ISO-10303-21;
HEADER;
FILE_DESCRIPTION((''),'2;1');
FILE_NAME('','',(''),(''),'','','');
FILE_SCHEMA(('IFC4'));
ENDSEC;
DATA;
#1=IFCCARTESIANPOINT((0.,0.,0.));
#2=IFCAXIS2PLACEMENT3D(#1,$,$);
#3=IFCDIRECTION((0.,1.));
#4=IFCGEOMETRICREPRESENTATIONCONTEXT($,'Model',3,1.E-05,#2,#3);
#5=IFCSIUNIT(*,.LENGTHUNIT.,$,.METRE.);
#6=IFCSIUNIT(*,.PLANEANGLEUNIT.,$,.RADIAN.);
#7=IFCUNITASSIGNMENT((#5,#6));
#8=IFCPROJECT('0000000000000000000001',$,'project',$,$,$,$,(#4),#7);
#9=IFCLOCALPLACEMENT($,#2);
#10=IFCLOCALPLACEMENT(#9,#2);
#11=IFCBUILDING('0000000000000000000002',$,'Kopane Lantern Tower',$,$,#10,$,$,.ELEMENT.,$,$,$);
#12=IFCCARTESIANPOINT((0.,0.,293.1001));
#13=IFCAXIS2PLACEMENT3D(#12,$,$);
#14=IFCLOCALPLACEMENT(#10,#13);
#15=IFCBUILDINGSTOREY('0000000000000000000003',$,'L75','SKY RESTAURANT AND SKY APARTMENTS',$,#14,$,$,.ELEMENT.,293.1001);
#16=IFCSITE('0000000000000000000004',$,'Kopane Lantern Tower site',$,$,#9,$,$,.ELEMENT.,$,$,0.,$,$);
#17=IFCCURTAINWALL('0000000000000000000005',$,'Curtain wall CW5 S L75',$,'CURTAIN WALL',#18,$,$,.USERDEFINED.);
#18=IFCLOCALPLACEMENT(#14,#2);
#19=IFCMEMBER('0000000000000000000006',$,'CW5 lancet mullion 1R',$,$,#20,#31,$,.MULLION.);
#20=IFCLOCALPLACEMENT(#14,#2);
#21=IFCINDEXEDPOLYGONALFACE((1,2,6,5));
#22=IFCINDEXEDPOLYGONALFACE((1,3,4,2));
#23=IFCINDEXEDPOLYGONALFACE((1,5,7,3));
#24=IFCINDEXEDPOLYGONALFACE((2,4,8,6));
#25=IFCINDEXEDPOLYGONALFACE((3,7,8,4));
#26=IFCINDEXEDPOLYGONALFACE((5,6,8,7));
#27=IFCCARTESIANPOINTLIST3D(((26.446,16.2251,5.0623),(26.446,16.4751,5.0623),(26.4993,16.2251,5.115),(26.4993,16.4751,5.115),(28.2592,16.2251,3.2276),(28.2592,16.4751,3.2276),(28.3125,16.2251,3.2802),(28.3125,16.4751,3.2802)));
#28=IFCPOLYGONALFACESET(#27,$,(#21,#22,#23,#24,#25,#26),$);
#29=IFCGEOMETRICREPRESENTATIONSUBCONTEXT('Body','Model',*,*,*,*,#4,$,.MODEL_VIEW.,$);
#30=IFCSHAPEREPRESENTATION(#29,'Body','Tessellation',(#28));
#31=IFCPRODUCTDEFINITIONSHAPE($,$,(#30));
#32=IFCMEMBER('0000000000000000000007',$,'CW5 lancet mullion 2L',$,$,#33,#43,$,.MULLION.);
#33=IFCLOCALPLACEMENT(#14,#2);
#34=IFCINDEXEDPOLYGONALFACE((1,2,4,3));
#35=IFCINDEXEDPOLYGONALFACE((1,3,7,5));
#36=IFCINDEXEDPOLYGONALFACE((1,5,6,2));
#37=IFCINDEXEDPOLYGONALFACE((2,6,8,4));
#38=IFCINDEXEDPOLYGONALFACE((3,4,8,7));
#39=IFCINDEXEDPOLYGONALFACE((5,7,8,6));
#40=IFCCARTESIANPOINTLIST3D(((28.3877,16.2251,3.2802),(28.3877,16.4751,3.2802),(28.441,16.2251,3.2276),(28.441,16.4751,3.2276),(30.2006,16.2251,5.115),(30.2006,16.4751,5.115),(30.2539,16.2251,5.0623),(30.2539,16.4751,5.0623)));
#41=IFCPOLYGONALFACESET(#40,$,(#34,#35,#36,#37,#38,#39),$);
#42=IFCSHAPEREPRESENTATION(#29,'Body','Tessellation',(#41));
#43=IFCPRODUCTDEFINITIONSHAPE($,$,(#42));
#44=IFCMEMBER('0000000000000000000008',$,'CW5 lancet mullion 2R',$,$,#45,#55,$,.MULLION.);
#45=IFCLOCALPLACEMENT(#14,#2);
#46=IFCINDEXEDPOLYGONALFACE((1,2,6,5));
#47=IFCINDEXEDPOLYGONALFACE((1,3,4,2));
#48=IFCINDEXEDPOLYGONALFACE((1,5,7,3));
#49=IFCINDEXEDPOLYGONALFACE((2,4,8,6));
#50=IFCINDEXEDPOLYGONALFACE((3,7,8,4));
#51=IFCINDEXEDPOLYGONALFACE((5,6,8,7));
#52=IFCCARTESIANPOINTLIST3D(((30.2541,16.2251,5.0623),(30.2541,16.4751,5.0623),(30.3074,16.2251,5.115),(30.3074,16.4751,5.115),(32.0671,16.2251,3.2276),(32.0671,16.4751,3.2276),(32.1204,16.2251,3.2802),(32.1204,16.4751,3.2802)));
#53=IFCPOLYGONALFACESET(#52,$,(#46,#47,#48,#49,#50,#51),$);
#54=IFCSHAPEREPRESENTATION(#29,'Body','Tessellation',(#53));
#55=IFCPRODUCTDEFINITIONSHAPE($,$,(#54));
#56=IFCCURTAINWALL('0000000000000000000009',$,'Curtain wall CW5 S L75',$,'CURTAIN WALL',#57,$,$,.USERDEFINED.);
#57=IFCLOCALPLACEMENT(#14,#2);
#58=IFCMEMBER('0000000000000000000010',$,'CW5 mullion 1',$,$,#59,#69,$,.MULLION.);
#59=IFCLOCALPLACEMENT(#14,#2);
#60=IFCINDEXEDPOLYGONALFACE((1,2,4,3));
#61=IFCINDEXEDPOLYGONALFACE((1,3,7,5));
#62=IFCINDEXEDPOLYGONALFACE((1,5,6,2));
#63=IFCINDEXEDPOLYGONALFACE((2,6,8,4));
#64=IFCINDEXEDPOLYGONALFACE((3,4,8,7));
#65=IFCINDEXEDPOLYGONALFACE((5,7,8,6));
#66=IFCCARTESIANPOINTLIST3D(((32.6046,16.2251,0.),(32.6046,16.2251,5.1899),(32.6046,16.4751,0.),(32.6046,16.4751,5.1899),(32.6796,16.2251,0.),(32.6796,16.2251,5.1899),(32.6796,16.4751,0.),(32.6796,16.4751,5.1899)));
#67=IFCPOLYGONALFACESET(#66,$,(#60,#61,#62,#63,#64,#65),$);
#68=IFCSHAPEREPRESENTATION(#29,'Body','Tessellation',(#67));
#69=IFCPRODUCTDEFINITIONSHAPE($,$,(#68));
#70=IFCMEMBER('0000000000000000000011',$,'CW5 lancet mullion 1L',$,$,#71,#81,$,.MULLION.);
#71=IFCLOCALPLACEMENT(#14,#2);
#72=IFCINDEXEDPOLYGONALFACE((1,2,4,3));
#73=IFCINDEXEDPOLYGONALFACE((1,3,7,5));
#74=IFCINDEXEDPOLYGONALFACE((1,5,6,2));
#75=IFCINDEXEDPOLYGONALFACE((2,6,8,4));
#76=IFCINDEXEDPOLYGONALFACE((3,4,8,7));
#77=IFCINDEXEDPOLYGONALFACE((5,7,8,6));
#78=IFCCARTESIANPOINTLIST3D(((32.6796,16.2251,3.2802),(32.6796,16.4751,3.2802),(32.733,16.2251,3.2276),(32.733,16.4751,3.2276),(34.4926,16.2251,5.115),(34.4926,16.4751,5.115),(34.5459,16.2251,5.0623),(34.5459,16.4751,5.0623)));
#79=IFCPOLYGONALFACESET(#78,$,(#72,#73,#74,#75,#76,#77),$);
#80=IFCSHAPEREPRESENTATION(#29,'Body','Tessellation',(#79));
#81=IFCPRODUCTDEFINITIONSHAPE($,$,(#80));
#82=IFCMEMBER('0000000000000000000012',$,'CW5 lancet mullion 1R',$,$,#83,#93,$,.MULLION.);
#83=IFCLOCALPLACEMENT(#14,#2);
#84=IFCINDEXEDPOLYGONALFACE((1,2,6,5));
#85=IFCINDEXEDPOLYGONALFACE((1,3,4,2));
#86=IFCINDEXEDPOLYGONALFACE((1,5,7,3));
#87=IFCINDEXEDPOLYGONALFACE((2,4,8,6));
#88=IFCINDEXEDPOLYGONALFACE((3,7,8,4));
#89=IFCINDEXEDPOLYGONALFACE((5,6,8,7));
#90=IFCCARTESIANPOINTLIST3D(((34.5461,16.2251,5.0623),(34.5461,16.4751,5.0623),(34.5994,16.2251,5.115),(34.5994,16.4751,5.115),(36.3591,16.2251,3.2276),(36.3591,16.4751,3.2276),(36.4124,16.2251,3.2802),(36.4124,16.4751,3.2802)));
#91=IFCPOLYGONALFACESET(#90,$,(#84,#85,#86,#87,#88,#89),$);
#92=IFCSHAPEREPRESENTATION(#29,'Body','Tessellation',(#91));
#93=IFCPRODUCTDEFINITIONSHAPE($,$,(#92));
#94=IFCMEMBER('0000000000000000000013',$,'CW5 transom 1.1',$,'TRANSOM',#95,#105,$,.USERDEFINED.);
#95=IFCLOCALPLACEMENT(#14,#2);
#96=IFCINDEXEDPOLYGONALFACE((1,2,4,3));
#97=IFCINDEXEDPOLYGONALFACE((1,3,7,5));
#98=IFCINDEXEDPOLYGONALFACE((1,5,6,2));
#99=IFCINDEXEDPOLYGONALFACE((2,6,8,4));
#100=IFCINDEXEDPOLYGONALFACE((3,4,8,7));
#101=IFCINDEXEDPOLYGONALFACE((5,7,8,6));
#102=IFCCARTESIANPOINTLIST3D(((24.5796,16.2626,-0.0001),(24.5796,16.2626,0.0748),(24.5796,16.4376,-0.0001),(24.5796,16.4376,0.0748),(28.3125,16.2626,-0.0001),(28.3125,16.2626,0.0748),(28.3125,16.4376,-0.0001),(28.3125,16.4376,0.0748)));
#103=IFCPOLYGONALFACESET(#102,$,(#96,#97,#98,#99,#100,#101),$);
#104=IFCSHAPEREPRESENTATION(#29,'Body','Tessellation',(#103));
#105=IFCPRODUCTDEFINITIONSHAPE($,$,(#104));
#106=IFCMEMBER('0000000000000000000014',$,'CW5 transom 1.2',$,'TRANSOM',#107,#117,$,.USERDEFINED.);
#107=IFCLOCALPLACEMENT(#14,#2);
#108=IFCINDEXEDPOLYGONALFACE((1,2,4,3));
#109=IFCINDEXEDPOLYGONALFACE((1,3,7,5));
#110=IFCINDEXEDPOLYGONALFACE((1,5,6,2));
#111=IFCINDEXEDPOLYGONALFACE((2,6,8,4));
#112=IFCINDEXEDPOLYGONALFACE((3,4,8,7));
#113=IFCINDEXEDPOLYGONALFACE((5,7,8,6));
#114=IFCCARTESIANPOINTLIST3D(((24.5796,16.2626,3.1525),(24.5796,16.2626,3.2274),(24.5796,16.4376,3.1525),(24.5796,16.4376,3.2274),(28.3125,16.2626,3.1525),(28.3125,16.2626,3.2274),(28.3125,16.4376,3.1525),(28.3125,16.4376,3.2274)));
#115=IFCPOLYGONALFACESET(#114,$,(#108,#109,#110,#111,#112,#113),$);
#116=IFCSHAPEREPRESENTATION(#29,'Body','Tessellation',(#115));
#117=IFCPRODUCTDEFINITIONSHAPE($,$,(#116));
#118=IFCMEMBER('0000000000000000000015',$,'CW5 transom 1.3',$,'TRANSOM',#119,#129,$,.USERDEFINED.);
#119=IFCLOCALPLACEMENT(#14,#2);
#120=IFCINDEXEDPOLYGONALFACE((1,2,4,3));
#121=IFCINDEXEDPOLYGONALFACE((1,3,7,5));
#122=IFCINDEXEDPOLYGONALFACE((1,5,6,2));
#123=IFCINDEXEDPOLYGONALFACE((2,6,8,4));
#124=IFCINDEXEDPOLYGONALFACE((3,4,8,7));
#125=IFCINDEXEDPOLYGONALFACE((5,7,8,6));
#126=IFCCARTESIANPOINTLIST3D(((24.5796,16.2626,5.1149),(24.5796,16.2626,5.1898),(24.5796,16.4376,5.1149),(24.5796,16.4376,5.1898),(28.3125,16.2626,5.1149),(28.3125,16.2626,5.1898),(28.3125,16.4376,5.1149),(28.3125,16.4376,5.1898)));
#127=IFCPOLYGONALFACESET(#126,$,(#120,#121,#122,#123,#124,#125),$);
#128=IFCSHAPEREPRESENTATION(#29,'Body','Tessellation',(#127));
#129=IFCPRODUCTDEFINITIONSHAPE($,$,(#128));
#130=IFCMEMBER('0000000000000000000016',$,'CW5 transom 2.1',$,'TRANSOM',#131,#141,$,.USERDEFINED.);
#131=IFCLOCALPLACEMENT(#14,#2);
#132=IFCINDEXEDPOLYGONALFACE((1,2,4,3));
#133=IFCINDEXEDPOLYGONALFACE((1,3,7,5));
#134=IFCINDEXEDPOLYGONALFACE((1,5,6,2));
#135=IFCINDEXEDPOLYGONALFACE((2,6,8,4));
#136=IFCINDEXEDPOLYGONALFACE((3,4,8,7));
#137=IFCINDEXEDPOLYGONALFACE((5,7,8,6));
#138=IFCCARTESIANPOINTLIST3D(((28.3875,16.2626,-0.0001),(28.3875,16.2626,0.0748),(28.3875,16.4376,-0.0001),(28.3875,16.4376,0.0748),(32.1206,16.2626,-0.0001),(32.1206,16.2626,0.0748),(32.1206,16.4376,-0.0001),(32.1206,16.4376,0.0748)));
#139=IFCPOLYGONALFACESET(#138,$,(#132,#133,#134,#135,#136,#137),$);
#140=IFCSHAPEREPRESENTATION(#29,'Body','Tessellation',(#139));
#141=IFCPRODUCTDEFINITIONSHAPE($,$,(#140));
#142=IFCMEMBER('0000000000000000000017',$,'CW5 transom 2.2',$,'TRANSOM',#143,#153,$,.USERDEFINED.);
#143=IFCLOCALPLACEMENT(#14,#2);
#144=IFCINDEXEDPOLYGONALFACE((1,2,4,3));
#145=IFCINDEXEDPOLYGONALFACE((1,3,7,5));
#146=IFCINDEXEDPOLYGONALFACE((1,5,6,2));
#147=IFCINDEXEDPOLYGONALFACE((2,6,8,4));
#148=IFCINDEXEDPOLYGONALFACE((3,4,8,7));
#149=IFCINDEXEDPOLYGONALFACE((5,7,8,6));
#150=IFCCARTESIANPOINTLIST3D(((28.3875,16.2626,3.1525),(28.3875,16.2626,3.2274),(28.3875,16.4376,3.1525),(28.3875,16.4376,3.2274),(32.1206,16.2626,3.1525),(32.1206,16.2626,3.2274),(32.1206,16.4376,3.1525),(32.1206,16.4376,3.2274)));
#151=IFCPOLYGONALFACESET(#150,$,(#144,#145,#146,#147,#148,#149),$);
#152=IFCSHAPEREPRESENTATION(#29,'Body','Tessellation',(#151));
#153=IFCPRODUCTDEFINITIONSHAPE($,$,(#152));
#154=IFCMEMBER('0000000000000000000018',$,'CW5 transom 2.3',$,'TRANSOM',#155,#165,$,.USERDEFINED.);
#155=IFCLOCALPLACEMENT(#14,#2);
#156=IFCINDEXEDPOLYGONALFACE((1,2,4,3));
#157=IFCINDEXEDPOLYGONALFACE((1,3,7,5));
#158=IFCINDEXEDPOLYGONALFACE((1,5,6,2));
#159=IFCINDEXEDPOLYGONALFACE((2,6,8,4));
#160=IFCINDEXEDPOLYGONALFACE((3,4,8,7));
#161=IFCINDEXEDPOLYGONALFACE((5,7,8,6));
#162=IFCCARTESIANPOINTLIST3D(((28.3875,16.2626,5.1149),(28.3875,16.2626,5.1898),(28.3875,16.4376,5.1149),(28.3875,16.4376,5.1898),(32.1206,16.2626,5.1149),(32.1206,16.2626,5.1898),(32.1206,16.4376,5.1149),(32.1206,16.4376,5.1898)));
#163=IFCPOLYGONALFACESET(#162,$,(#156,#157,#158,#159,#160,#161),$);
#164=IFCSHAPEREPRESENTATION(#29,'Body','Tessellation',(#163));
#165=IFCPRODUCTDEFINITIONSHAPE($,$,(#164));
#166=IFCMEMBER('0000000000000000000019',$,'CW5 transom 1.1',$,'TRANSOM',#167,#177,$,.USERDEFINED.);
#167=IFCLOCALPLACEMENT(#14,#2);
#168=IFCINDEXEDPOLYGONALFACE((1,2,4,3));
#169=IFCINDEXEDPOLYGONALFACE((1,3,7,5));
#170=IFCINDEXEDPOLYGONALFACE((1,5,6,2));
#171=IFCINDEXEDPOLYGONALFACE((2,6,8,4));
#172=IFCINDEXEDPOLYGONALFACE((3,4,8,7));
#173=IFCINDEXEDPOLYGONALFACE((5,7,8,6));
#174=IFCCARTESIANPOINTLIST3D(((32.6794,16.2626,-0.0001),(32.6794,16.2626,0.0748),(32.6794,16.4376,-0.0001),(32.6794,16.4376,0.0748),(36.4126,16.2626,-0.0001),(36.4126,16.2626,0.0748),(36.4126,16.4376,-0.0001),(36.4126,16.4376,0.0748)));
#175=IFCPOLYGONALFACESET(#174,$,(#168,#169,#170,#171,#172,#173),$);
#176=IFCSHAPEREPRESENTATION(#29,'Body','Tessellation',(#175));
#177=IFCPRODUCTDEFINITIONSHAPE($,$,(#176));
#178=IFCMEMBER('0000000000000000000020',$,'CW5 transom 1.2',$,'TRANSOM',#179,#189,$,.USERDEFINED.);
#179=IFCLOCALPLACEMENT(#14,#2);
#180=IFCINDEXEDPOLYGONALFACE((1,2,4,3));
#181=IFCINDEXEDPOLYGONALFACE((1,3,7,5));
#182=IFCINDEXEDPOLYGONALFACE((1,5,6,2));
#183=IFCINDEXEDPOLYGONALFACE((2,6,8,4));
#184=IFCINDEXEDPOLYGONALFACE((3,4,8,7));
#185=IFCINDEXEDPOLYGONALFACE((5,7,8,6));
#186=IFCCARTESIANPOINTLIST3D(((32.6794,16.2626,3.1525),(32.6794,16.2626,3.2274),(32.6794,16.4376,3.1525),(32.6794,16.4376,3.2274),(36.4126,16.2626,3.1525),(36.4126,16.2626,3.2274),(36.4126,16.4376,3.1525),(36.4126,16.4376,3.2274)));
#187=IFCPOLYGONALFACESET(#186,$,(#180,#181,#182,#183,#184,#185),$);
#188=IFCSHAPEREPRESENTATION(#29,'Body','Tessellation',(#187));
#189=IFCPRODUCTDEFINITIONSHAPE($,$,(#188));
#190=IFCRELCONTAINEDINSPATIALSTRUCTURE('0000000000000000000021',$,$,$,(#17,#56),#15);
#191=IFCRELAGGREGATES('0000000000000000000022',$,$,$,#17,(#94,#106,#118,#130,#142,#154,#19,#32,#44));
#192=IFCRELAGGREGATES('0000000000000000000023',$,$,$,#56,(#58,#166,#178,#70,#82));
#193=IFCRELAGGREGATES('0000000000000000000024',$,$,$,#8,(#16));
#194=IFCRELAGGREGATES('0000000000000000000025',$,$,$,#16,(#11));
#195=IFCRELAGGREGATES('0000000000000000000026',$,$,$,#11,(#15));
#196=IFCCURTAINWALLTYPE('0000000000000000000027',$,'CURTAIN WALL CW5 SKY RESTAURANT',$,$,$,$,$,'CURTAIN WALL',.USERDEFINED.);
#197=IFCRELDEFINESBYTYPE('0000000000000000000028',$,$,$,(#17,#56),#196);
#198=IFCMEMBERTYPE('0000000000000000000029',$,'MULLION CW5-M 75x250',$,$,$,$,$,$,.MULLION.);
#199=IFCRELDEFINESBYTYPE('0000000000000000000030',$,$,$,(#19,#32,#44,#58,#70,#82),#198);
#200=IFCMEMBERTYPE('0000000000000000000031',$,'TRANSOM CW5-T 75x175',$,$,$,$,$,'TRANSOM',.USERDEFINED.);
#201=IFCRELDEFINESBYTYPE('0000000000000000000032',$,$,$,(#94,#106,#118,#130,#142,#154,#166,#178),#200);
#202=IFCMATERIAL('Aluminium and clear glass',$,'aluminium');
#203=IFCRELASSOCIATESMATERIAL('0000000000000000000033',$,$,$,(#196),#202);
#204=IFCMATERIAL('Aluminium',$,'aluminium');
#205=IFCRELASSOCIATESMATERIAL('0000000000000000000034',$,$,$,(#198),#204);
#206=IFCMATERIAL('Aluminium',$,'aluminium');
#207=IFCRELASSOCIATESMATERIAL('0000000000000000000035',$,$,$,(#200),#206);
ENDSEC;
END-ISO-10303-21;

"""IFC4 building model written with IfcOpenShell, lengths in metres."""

from ifc_helpers import new_model, si_unit, direction, frame, origin, origin_2d, place, context, subcontext, project, spatial, rectangle, extrude, material, material_profile, profile_set, type_object, element, aggregate, save


model = new_model("IFC4")

# Units and contexts
model_context = context("Model", 3, precision=1e-05, world=origin(), true_north=direction((0.0, 1.0)))
body_context = subcontext(model_context, "Body", "Model", "MODEL_VIEW")
ifc_project = project(units=[si_unit("LENGTHUNIT", "METRE"), si_unit("PLANEANGLEUNIT", "RADIAN")], contexts=[model_context])

# Site, building, storey
site_placement = place(None, origin())
site = spatial("IfcSite", under=ifc_project, at=site_placement, Name="Kopane Lantern Tower site", CompositionType="ELEMENT", RefElevation=0.0)
building_placement = place(site_placement, origin())
building = spatial("IfcBuilding", under=site, at=building_placement, Name="Kopane Lantern Tower", CompositionType="ELEMENT")
storey_placement = place(building_placement, frame((0.0, 0.0, 293.1001)))
storey = spatial("IfcBuildingStorey", under=building, at=storey_placement, Name="L75", Description="SKY RESTAURANT AND SKY APARTMENTS", CompositionType="ELEMENT", Elevation=293.1001)

# Curtain walls, members
ifc_material_1 = material(Name="Aluminium and clear glass", Category="aluminium")
curtain_wall_type = type_object("IfcCurtainWallType", Name="CURTAIN WALL CW5 SKY RESTAURANT", ElementType="CURTAIN WALL", PredefinedType="USERDEFINED", material=ifc_material_1)
curtain_wall_1_placement = place(storey_placement, origin())
curtain_wall_1 = element("IfcCurtainWall", 1, at=curtain_wall_1_placement, inside=storey, type_object=curtain_wall_type, Name="Curtain wall CW5 S L75", ObjectType="CURTAIN WALL", PredefinedType="USERDEFINED")
ifc_material_2 = material(Name="Aluminium", Category="aluminium")
ifc_material_profile_1 = material_profile(ifc_material_2, rectangle(XDim=0.075, YDim=0.25, at=origin_2d()), Name="AL 75x250")
ifc_profile_set_1 = profile_set([ifc_material_profile_1], Name="Aluminium")
member_type_1 = type_object("IfcMemberType", Name="MULLION CW5-M 75x250", PredefinedType="MULLION", material=ifc_profile_set_1)
member_1_placement = place(storey_placement, frame((28.2859, 16.3501, 3.2539), z_axis=(-0.70293, 0.0, 0.711259), x_axis=(0.711259, 0.0, 0.70293)))
member_1 = element("IfcMember", 2, at=member_1_placement, type_object=member_type_1, Name="CW5 lancet mullion 1R", PredefinedType="MULLION", context=body_context, shape_type="SweptSolid", body=[
    extrude(rectangle(XDim=0.075, YDim=0.25, at=origin_2d()), origin(), (0.0, 0.0, 1.0), 2.5796),
])
member_2_placement = place(storey_placement, frame((28.4143, 16.3501, 3.2539), z_axis=(0.702882, 0.0, 0.711306), x_axis=(-0.711306, 0.0, 0.702882)))
member_2 = element("IfcMember", 3, at=member_2_placement, type_object=member_type_1, Name="CW5 lancet mullion 2L", PredefinedType="MULLION", context=body_context, shape_type="SweptSolid", body=[
    extrude(rectangle(XDim=0.075, YDim=0.25, at=origin_2d()), origin(), (0.0, 0.0, 1.0), 2.5793),
])
member_3_placement = place(storey_placement, frame((32.0938, 16.3501, 3.2539), z_axis=(-0.702882, 0.0, 0.711306), x_axis=(0.711306, 0.0, 0.702882)))
member_3 = element("IfcMember", 4, at=member_3_placement, type_object=member_type_1, Name="CW5 lancet mullion 2R", PredefinedType="MULLION", context=body_context, shape_type="SweptSolid", body=[
    extrude(rectangle(XDim=0.075, YDim=0.25, at=origin_2d()), origin(), (0.0, 0.0, 1.0), 2.5793),
])
curtain_wall_2_placement = place(storey_placement, origin())
curtain_wall_2 = element("IfcCurtainWall", 5, at=curtain_wall_2_placement, inside=storey, type_object=curtain_wall_type, Name="Curtain wall CW5 S L75", ObjectType="CURTAIN WALL", PredefinedType="USERDEFINED")
member_4_placement = place(storey_placement, frame((32.6421, 16.3501, 0.0), z_axis=(0.0, 0.0, 1.0), x_axis=(1.0, 0.0, 0.0)))
member_4 = element("IfcMember", 6, at=member_4_placement, type_object=member_type_1, Name="CW5 mullion 1", PredefinedType="MULLION", context=body_context, shape_type="SweptSolid", body=[
    extrude(rectangle(XDim=0.075, YDim=0.25, at=origin_2d()), origin(), (0.0, 0.0, 1.0), 5.1899),
])
member_5_placement = place(storey_placement, frame((32.7063, 16.3501, 3.2539), z_axis=(0.702882, 0.0, 0.711306), x_axis=(-0.711306, 0.0, 0.702882)))
member_5 = element("IfcMember", 7, at=member_5_placement, type_object=member_type_1, Name="CW5 lancet mullion 1L", PredefinedType="MULLION", context=body_context, shape_type="SweptSolid", body=[
    extrude(rectangle(XDim=0.075, YDim=0.25, at=origin_2d()), origin(), (0.0, 0.0, 1.0), 2.5793),
])
member_6_placement = place(storey_placement, frame((36.3857, 16.3501, 3.2539), z_axis=(-0.702882, 0.0, 0.711306), x_axis=(0.711306, 0.0, 0.702882)))
member_6 = element("IfcMember", 8, at=member_6_placement, type_object=member_type_1, Name="CW5 lancet mullion 1R", PredefinedType="MULLION", context=body_context, shape_type="SweptSolid", body=[
    extrude(rectangle(XDim=0.075, YDim=0.25, at=origin_2d()), origin(), (0.0, 0.0, 1.0), 2.5793),
])

# Members
ifc_material_3 = material(Name="Aluminium", Category="aluminium")
ifc_material_profile_2 = material_profile(ifc_material_3, rectangle(XDim=0.175, YDim=0.075, at=origin_2d()), Name="AL 175x75")
ifc_profile_set_2 = profile_set([ifc_material_profile_2], Name="Aluminium")
member_type_2 = type_object("IfcMemberType", Name="TRANSOM CW5-T 75x175", ElementType="TRANSOM", PredefinedType="USERDEFINED", material=ifc_profile_set_2)
member_7_placement = place(storey_placement, frame((24.5796, 16.3501, 0.0374), z_axis=(1.0, 0.0, 0.0), x_axis=(0.0, 1.0, 0.0)))
member_7 = element("IfcMember", 9, at=member_7_placement, type_object=member_type_2, Name="CW5 transom 1.1", ObjectType="TRANSOM", PredefinedType="USERDEFINED", context=body_context, shape_type="SweptSolid", body=[
    extrude(rectangle(XDim=0.175, YDim=0.075, at=origin_2d()), origin(), (0.0, 0.0, 1.0), 3.7329),
])
member_8_placement = place(storey_placement, frame((24.5796, 16.3501, 3.1899), z_axis=(1.0, 0.0, 0.0), x_axis=(0.0, 1.0, 0.0)))
member_8 = element("IfcMember", 10, at=member_8_placement, type_object=member_type_2, Name="CW5 transom 1.2", ObjectType="TRANSOM", PredefinedType="USERDEFINED", context=body_context, shape_type="SweptSolid", body=[
    extrude(rectangle(XDim=0.175, YDim=0.075, at=origin_2d()), origin(), (0.0, 0.0, 1.0), 3.7329),
])
member_9_placement = place(storey_placement, frame((24.5796, 16.3501, 5.1523), z_axis=(1.0, 0.0, 0.0), x_axis=(0.0, 1.0, 0.0)))
member_9 = element("IfcMember", 11, at=member_9_placement, type_object=member_type_2, Name="CW5 transom 1.3", ObjectType="TRANSOM", PredefinedType="USERDEFINED", context=body_context, shape_type="SweptSolid", body=[
    extrude(rectangle(XDim=0.175, YDim=0.075, at=origin_2d()), origin(), (0.0, 0.0, 1.0), 3.7329),
])
member_10_placement = place(storey_placement, frame((28.3875, 16.3501, 0.0374), z_axis=(1.0, 0.0, 0.0), x_axis=(0.0, 1.0, 0.0)))
member_10 = element("IfcMember", 12, at=member_10_placement, type_object=member_type_2, Name="CW5 transom 2.1", ObjectType="TRANSOM", PredefinedType="USERDEFINED", context=body_context, shape_type="SweptSolid", body=[
    extrude(rectangle(XDim=0.175, YDim=0.075, at=origin_2d()), origin(), (0.0, 0.0, 1.0), 3.7332),
])
member_11_placement = place(storey_placement, frame((28.3875, 16.3501, 3.1899), z_axis=(1.0, 0.0, 0.0), x_axis=(0.0, 1.0, 0.0)))
member_11 = element("IfcMember", 13, at=member_11_placement, type_object=member_type_2, Name="CW5 transom 2.2", ObjectType="TRANSOM", PredefinedType="USERDEFINED", context=body_context, shape_type="SweptSolid", body=[
    extrude(rectangle(XDim=0.175, YDim=0.075, at=origin_2d()), origin(), (0.0, 0.0, 1.0), 3.7332),
])
member_12_placement = place(storey_placement, frame((28.3875, 16.3501, 5.1523), z_axis=(1.0, 0.0, 0.0), x_axis=(0.0, 1.0, 0.0)))
member_12 = element("IfcMember", 14, at=member_12_placement, type_object=member_type_2, Name="CW5 transom 2.3", ObjectType="TRANSOM", PredefinedType="USERDEFINED", context=body_context, shape_type="SweptSolid", body=[
    extrude(rectangle(XDim=0.175, YDim=0.075, at=origin_2d()), origin(), (0.0, 0.0, 1.0), 3.7332),
])
member_13_placement = place(storey_placement, frame((32.6794, 16.3501, 0.0374), z_axis=(1.0, 0.0, 0.0), x_axis=(0.0, 1.0, 0.0)))
member_13 = element("IfcMember", 15, at=member_13_placement, type_object=member_type_2, Name="CW5 transom 1.1", ObjectType="TRANSOM", PredefinedType="USERDEFINED", context=body_context, shape_type="SweptSolid", body=[
    extrude(rectangle(XDim=0.175, YDim=0.075, at=origin_2d()), origin(), (0.0, 0.0, 1.0), 3.7332),
])
member_14_placement = place(storey_placement, frame((32.6794, 16.3501, 3.1899), z_axis=(1.0, 0.0, 0.0), x_axis=(0.0, 1.0, 0.0)))
member_14 = element("IfcMember", 16, at=member_14_placement, type_object=member_type_2, Name="CW5 transom 1.2", ObjectType="TRANSOM", PredefinedType="USERDEFINED", context=body_context, shape_type="SweptSolid", body=[
    extrude(rectangle(XDim=0.175, YDim=0.075, at=origin_2d()), origin(), (0.0, 0.0, 1.0), 3.7332),
])

aggregate(curtain_wall_1, [member_7, member_8, member_9, member_10, member_11, member_12, member_1, member_2, member_3])
aggregate(curtain_wall_2, [member_4, member_13, member_14, member_5, member_6])

save(model, "model.ifc")
